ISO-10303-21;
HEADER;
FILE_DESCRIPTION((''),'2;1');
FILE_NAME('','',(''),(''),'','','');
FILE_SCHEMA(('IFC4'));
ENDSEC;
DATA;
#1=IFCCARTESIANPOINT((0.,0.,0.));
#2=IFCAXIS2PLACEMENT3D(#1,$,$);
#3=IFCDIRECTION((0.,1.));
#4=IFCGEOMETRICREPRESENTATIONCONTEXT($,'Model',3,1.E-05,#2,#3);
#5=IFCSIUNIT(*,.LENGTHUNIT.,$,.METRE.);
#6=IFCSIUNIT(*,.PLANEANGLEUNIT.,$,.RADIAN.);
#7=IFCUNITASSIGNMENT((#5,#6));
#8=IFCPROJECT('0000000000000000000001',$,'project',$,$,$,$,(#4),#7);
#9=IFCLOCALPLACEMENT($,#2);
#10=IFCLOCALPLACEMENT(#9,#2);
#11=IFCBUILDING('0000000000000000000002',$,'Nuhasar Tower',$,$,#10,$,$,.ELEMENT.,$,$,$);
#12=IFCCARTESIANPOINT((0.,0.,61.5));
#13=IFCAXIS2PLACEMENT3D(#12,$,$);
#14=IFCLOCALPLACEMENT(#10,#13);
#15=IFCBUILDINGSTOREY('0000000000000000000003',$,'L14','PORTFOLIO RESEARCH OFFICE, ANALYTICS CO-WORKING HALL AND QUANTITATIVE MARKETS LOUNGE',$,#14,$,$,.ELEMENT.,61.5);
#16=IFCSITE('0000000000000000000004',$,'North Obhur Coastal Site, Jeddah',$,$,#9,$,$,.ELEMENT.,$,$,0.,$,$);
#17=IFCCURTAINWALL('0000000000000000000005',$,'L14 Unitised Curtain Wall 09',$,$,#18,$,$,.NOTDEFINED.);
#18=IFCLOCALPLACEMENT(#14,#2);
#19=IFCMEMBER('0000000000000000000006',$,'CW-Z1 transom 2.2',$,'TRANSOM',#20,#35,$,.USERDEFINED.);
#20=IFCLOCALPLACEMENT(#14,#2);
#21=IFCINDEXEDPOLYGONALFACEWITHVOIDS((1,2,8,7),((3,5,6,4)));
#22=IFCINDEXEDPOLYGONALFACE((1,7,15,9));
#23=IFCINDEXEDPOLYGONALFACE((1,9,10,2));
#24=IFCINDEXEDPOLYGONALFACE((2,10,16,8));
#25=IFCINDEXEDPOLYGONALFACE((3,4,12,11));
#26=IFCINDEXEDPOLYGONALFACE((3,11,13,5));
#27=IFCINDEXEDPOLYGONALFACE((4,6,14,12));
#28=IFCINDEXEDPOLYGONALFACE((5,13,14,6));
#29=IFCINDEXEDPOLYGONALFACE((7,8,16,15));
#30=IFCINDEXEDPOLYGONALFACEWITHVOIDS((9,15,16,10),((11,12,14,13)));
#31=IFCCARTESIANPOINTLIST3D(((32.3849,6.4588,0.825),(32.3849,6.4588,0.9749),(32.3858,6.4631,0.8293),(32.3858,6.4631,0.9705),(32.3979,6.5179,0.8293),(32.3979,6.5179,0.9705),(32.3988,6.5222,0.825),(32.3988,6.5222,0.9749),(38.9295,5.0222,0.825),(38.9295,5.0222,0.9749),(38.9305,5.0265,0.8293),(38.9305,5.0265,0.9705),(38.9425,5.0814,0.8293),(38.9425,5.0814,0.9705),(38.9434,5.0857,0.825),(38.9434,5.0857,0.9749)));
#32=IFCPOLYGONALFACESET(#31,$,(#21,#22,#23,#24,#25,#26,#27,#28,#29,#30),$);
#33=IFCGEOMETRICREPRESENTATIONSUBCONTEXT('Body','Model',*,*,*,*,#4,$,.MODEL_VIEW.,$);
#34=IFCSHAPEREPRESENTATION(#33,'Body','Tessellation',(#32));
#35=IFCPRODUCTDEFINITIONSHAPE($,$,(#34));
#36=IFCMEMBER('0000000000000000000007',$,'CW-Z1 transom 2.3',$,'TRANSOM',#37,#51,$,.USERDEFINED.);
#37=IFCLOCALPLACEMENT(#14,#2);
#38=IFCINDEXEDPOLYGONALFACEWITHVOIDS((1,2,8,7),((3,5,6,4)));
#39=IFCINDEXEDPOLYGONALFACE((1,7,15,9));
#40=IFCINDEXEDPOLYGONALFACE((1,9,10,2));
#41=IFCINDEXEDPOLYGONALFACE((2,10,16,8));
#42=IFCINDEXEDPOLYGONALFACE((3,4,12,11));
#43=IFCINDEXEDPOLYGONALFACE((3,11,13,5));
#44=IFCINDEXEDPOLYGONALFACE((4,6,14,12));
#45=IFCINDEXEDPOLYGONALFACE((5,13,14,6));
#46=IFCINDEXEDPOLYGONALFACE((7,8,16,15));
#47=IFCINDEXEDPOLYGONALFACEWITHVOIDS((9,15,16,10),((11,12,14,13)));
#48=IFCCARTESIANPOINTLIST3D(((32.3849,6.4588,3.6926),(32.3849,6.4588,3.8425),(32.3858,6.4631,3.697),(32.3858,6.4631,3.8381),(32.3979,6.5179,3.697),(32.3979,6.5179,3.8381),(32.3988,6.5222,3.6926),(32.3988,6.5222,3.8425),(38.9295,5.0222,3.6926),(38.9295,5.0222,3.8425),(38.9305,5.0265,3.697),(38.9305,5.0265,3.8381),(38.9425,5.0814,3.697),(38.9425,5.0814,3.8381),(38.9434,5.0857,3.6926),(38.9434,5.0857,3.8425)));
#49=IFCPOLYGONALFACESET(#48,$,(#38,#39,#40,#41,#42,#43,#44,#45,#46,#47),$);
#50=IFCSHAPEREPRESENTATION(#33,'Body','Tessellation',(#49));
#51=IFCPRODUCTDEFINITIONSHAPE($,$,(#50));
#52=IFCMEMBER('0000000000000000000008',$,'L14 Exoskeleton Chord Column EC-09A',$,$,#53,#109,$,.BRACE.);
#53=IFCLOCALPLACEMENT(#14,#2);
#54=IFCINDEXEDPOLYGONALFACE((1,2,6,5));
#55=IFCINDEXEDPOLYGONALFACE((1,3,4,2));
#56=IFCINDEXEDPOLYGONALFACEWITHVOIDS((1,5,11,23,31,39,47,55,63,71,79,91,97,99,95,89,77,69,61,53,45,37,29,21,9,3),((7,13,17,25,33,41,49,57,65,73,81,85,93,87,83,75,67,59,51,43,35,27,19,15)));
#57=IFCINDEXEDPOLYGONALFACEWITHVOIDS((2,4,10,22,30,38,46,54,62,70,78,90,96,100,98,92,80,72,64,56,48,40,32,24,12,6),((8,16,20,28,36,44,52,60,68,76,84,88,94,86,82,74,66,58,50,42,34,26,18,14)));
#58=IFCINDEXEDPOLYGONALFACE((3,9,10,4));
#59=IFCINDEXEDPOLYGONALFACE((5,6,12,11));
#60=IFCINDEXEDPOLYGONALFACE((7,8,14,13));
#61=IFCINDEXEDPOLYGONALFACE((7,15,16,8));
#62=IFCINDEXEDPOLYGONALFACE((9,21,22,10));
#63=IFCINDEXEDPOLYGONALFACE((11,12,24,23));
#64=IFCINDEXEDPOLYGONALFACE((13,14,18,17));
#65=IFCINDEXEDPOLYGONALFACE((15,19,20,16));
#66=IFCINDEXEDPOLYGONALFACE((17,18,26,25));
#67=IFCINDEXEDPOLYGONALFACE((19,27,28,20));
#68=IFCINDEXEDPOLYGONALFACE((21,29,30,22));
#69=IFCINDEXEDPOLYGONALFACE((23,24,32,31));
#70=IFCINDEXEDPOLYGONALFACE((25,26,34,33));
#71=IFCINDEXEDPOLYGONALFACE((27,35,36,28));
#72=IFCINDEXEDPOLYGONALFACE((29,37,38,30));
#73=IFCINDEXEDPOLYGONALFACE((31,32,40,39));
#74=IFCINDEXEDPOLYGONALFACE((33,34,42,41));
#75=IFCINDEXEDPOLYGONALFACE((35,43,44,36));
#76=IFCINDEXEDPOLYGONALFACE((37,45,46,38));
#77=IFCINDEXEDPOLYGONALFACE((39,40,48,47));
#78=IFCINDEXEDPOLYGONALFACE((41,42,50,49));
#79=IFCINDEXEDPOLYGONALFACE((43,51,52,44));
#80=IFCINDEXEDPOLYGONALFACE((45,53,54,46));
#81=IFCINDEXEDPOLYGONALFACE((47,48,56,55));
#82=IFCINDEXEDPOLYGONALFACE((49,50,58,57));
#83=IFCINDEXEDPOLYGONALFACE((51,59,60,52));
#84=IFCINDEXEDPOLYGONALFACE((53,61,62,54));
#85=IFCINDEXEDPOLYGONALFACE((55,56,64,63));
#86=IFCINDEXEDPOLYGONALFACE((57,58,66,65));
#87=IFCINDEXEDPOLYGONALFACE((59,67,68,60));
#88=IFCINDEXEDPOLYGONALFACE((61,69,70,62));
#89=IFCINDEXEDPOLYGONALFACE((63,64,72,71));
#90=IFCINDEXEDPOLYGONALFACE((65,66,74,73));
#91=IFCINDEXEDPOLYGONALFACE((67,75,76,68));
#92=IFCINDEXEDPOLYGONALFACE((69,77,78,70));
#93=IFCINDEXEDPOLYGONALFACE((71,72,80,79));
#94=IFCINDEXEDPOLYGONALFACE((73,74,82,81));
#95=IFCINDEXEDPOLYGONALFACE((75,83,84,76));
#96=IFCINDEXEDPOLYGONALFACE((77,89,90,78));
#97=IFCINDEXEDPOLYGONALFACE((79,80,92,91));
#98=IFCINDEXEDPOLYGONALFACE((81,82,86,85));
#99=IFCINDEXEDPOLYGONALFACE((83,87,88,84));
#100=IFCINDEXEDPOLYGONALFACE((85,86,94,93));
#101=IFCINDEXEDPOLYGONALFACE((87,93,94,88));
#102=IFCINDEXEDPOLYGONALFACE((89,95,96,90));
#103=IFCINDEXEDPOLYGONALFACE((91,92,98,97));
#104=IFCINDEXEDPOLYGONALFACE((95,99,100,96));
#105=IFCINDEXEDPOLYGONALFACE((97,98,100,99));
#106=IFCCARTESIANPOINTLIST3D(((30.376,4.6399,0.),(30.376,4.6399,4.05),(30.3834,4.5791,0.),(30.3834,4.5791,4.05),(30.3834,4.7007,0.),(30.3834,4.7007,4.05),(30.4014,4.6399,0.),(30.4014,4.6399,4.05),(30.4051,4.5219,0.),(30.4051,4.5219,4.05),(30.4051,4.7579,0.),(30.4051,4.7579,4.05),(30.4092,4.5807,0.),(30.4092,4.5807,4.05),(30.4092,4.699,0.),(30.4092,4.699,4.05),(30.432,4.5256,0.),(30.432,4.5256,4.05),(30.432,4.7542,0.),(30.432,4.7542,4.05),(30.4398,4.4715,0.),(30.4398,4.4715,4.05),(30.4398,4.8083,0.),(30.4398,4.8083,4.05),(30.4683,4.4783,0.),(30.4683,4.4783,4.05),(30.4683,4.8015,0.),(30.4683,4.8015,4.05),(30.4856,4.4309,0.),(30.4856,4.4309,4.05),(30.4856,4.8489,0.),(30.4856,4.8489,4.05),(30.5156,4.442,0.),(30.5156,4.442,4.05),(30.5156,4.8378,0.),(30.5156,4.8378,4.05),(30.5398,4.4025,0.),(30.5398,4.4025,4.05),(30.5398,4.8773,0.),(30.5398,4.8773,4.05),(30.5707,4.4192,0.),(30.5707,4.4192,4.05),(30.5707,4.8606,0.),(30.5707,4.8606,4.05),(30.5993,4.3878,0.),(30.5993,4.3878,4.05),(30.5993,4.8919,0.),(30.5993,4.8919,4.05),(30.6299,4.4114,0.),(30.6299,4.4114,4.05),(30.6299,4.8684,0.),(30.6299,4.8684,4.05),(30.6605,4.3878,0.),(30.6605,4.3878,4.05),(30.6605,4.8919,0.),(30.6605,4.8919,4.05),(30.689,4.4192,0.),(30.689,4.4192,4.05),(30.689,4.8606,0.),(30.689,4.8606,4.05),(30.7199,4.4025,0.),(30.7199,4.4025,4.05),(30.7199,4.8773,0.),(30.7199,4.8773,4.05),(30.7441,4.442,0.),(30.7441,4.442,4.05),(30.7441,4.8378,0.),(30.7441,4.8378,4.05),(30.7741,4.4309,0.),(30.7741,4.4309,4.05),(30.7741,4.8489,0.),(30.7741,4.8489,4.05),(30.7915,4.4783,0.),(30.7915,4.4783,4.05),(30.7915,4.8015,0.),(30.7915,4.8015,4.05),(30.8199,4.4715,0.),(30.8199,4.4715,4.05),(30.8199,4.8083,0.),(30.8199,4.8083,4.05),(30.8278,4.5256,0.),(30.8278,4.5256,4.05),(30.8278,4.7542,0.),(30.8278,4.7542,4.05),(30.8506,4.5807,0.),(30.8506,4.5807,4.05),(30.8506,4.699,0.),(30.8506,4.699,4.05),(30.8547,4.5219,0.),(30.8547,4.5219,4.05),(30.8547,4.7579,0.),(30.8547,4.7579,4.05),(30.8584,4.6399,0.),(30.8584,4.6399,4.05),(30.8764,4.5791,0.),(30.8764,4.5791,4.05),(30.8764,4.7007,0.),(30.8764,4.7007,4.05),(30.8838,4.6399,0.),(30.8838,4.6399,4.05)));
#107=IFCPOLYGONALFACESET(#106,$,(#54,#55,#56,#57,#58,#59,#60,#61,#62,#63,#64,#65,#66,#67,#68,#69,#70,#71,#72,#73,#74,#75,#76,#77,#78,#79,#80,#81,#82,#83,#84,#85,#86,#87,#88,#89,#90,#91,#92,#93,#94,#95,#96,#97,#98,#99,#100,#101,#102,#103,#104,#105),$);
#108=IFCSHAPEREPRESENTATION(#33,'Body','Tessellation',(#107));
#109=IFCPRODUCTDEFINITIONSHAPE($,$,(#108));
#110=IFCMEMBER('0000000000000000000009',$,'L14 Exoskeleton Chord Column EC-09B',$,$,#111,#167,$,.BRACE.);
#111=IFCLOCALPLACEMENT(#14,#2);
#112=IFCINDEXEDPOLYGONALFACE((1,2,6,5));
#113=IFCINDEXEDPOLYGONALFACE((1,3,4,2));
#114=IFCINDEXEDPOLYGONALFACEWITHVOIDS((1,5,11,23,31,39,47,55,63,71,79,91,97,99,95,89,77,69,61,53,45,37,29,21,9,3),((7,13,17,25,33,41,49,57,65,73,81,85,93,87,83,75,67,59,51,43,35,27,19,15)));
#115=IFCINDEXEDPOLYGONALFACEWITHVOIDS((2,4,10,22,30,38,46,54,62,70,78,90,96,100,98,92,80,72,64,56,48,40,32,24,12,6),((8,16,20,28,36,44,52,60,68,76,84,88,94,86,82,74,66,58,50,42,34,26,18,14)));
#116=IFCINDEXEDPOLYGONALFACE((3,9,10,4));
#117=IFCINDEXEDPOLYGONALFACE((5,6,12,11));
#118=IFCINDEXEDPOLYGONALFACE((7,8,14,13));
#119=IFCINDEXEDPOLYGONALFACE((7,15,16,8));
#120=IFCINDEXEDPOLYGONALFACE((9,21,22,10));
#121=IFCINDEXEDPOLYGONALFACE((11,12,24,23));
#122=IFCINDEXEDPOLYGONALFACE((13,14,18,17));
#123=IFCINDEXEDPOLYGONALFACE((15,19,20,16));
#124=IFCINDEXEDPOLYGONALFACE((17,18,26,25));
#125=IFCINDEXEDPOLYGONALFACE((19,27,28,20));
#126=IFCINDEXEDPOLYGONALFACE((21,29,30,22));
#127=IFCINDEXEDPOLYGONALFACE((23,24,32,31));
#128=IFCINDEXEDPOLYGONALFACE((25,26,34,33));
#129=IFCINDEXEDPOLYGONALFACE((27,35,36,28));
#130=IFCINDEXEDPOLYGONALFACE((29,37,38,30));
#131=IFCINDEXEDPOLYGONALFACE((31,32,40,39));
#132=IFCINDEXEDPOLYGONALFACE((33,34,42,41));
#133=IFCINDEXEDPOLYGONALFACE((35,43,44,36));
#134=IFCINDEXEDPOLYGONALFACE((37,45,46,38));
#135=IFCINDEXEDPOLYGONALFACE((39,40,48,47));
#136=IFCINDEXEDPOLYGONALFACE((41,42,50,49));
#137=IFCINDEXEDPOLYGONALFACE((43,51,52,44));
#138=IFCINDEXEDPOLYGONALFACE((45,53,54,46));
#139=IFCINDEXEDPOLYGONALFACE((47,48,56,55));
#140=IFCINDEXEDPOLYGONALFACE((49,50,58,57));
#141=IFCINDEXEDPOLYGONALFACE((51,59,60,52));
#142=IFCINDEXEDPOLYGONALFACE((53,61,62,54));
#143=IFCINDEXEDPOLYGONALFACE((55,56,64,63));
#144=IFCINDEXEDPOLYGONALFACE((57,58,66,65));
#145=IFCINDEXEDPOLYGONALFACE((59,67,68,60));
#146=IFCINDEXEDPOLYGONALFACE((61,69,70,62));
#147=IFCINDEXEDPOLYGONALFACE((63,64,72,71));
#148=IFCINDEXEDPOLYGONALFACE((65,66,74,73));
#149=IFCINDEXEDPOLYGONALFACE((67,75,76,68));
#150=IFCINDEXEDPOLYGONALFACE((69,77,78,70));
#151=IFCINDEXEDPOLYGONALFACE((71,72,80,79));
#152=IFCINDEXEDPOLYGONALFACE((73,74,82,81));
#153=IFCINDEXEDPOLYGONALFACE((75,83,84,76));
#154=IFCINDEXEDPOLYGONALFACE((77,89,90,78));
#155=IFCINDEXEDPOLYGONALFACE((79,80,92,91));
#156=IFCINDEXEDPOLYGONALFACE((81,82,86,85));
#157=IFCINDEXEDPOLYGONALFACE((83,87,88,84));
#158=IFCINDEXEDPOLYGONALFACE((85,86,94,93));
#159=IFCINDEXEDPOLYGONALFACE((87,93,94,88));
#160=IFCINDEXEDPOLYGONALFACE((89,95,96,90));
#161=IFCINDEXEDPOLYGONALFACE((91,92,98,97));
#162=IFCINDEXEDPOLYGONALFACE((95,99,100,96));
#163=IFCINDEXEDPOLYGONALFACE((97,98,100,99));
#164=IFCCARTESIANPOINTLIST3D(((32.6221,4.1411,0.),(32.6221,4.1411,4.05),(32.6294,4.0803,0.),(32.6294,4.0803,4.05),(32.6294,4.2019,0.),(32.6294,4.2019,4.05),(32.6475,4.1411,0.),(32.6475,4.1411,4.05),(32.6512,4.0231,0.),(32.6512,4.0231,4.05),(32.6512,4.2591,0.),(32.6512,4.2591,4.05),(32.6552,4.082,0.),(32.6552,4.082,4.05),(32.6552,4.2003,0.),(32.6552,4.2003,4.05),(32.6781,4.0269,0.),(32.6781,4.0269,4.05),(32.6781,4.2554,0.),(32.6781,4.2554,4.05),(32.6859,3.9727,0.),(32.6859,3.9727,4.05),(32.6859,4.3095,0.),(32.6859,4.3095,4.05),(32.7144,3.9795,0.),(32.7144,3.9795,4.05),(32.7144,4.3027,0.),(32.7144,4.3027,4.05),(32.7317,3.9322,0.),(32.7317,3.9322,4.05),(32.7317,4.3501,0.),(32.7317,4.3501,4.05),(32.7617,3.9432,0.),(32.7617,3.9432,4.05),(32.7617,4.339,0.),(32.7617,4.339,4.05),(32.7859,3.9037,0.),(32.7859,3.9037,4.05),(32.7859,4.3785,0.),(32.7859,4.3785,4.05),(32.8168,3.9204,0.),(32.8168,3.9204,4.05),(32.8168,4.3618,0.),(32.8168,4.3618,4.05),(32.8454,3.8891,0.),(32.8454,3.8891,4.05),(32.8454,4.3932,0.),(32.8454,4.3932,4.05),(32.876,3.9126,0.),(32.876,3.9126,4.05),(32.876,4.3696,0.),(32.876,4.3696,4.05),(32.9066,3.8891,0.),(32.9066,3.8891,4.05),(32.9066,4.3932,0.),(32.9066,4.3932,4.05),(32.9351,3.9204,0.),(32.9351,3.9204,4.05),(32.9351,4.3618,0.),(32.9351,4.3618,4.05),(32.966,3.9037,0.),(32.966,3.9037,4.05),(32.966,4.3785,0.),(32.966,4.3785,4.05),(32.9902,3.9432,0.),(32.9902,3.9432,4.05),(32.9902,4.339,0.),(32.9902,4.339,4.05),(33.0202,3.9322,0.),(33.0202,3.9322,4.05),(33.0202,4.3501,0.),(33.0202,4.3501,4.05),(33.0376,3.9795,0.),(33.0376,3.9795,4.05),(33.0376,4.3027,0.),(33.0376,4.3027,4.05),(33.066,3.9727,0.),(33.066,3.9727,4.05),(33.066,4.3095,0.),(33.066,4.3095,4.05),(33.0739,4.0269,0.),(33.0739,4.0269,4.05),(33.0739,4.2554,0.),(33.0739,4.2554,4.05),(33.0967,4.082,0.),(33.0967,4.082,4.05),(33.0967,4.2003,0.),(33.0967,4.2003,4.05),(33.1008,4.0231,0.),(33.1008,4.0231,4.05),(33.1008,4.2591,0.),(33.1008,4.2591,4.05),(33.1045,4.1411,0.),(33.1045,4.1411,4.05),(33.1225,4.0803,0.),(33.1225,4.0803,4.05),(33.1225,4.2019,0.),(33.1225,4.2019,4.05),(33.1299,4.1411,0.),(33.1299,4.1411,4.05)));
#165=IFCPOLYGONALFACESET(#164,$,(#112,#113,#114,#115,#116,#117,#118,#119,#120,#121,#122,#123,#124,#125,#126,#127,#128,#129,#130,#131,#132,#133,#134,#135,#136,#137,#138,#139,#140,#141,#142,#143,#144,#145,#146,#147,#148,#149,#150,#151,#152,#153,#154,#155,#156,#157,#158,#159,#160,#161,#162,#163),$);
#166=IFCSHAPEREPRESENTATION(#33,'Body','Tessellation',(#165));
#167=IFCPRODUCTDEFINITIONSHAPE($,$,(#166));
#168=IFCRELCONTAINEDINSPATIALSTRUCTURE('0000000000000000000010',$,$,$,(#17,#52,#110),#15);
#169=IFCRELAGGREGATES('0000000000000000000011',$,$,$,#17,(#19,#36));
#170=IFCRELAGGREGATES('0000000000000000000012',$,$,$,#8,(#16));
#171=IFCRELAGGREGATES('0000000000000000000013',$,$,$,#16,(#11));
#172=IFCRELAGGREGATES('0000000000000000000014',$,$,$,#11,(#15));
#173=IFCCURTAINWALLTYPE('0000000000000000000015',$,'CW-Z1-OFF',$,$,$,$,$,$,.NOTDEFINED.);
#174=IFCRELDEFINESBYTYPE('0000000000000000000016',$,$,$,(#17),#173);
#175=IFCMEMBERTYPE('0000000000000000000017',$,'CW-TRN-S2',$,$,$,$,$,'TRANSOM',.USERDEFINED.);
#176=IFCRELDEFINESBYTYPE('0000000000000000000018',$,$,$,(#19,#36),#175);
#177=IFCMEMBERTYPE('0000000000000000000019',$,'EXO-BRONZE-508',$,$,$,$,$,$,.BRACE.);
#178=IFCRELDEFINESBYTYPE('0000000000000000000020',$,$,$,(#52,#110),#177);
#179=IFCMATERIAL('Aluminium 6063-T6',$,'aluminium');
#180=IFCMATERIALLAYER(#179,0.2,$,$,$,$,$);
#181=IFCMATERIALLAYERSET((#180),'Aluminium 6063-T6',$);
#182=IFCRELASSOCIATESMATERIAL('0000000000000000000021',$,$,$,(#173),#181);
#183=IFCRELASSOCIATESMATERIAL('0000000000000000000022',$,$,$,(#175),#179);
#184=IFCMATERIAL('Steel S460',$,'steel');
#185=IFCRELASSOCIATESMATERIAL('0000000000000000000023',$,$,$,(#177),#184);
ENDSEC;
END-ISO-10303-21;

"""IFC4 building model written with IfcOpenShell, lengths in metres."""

from ifc_helpers import new_model, si_unit, direction, frame, origin, origin_2d, place, context, subcontext, project, spatial, hollow_rectangle, hollow_circle, extrude, material, layer, layer_set, material_profile, profile_set, type_object, element, aggregate, save


model = new_model("IFC4")

# Units and contexts
model_context = context("Model", 3, precision=1e-05, world=origin(), true_north=direction((0.0, 1.0)))
body_context = subcontext(model_context, "Body", "Model", "MODEL_VIEW")
ifc_project = project(units=[si_unit("LENGTHUNIT", "METRE"), si_unit("PLANEANGLEUNIT", "RADIAN")], contexts=[model_context])

# Site, building, storey
site_placement = place(None, origin())
site = spatial("IfcSite", under=ifc_project, at=site_placement, Name="North Obhur Coastal Site, Jeddah", CompositionType="ELEMENT", RefElevation=0.0)
building_placement = place(site_placement, origin())
building = spatial("IfcBuilding", under=site, at=building_placement, Name="Nuhasar Tower", CompositionType="ELEMENT")
storey_placement = place(building_placement, frame((0.0, 0.0, 61.5)))
storey = spatial("IfcBuildingStorey", under=building, at=storey_placement, Name="L14", Description="PORTFOLIO RESEARCH OFFICE, ANALYTICS CO-WORKING HALL AND QUANTITATIVE MARKETS LOUNGE", CompositionType="ELEMENT", Elevation=61.5)

# Curtain wall, members
ifc_material_1 = material(Name="Aluminium 6063-T6", Category="aluminium")
ifc_layer_1 = layer(ifc_material_1, 0.2)
ifc_layer_set_1 = layer_set([ifc_layer_1], Name="Aluminium 6063-T6")
curtain_wall_type = type_object("IfcCurtainWallType", Name="CW-Z1-OFF", PredefinedType="NOTDEFINED", material=ifc_layer_set_1)
curtain_wall_placement = place(storey_placement, origin())
curtain_wall = element("IfcCurtainWall", 1, at=curtain_wall_placement, inside=storey, type_object=curtain_wall_type, Name="L14 Unitised Curtain Wall 09", PredefinedType="NOTDEFINED")
ifc_material_profile_1 = material_profile(ifc_material_1, hollow_rectangle(XDim=0.0649, YDim=0.1499, WallThickness=0.0044, at=origin_2d()), Name="CWT-2")
ifc_profile_set_1 = profile_set([ifc_material_profile_1], Name="Aluminium 6063-T6")
member_type_1 = type_object("IfcMemberType", Name="CW-TRN-S2", ElementType="TRANSOM", PredefinedType="USERDEFINED", material=ifc_profile_set_1)
member_1_placement = place(storey_placement, frame((32.3918, 6.4905, 0.8999), z_axis=(0.976748, -0.214391, 0.0), x_axis=(0.214391, 0.976748, 0.0)))
member_1 = element("IfcMember", 2, at=member_1_placement, type_object=member_type_1, Name="CW-Z1 transom 2.2", ObjectType="TRANSOM", PredefinedType="USERDEFINED", context=body_context, shape_type="SweptSolid", body=[
    extrude(hollow_rectangle(XDim=0.0649, YDim=0.1499, WallThickness=0.0044, at=origin_2d()), origin(), (0.0, 0.0, 1.0), 6.7004),
])
member_2_placement = place(storey_placement, frame((32.3918, 6.4905, 3.7676), z_axis=(0.976748, -0.214391, 0.0), x_axis=(0.214391, 0.976748, 0.0)))
member_2 = element("IfcMember", 3, at=member_2_placement, type_object=member_type_1, Name="CW-Z1 transom 2.3", ObjectType="TRANSOM", PredefinedType="USERDEFINED", context=body_context, shape_type="SweptSolid", body=[
    extrude(hollow_rectangle(XDim=0.0649, YDim=0.1499, WallThickness=0.0044, at=origin_2d()), origin(), (0.0, 0.0, 1.0), 6.7004),
])

# Members
ifc_material_2 = material(Name="Steel S460", Category="steel")
ifc_material_profile_2 = material_profile(ifc_material_2, hollow_circle(Radius=0.2539, WallThickness=0.0254, at=origin_2d()), Name="HSS508X25.4")
ifc_profile_set_2 = profile_set([ifc_material_profile_2], Name="Steel S460")
member_type_2 = type_object("IfcMemberType", Name="EXO-BRONZE-508", PredefinedType="BRACE", material=ifc_profile_set_2)
for number, where, z_axis, x_axis, name in (
    (4, (30.6299, 4.6399, 0.0), (0.0, 0.0, 1.0), (1.0, 0.0, 0.0), "L14 Exoskeleton Chord Column EC-09A"),
    (5, (32.876, 4.1411, 0.0), (0.0, 0.0, 1.0), (1.0, 0.0, 0.0), "L14 Exoskeleton Chord Column EC-09B"),
):
    element("IfcMember", number, at=place(storey_placement, frame(where, z_axis=z_axis, x_axis=x_axis)), inside=storey, type_object=member_type_2, Name=name, PredefinedType="BRACE", context=body_context, shape_type="SweptSolid", body=[
        extrude(hollow_circle(Radius=0.2539, WallThickness=0.0254, at=origin_2d()), origin(), (0.0, 0.0, 1.0), 4.05),
    ])

aggregate(curtain_wall, [member_1, member_2])

save(model, "model.ifc")
